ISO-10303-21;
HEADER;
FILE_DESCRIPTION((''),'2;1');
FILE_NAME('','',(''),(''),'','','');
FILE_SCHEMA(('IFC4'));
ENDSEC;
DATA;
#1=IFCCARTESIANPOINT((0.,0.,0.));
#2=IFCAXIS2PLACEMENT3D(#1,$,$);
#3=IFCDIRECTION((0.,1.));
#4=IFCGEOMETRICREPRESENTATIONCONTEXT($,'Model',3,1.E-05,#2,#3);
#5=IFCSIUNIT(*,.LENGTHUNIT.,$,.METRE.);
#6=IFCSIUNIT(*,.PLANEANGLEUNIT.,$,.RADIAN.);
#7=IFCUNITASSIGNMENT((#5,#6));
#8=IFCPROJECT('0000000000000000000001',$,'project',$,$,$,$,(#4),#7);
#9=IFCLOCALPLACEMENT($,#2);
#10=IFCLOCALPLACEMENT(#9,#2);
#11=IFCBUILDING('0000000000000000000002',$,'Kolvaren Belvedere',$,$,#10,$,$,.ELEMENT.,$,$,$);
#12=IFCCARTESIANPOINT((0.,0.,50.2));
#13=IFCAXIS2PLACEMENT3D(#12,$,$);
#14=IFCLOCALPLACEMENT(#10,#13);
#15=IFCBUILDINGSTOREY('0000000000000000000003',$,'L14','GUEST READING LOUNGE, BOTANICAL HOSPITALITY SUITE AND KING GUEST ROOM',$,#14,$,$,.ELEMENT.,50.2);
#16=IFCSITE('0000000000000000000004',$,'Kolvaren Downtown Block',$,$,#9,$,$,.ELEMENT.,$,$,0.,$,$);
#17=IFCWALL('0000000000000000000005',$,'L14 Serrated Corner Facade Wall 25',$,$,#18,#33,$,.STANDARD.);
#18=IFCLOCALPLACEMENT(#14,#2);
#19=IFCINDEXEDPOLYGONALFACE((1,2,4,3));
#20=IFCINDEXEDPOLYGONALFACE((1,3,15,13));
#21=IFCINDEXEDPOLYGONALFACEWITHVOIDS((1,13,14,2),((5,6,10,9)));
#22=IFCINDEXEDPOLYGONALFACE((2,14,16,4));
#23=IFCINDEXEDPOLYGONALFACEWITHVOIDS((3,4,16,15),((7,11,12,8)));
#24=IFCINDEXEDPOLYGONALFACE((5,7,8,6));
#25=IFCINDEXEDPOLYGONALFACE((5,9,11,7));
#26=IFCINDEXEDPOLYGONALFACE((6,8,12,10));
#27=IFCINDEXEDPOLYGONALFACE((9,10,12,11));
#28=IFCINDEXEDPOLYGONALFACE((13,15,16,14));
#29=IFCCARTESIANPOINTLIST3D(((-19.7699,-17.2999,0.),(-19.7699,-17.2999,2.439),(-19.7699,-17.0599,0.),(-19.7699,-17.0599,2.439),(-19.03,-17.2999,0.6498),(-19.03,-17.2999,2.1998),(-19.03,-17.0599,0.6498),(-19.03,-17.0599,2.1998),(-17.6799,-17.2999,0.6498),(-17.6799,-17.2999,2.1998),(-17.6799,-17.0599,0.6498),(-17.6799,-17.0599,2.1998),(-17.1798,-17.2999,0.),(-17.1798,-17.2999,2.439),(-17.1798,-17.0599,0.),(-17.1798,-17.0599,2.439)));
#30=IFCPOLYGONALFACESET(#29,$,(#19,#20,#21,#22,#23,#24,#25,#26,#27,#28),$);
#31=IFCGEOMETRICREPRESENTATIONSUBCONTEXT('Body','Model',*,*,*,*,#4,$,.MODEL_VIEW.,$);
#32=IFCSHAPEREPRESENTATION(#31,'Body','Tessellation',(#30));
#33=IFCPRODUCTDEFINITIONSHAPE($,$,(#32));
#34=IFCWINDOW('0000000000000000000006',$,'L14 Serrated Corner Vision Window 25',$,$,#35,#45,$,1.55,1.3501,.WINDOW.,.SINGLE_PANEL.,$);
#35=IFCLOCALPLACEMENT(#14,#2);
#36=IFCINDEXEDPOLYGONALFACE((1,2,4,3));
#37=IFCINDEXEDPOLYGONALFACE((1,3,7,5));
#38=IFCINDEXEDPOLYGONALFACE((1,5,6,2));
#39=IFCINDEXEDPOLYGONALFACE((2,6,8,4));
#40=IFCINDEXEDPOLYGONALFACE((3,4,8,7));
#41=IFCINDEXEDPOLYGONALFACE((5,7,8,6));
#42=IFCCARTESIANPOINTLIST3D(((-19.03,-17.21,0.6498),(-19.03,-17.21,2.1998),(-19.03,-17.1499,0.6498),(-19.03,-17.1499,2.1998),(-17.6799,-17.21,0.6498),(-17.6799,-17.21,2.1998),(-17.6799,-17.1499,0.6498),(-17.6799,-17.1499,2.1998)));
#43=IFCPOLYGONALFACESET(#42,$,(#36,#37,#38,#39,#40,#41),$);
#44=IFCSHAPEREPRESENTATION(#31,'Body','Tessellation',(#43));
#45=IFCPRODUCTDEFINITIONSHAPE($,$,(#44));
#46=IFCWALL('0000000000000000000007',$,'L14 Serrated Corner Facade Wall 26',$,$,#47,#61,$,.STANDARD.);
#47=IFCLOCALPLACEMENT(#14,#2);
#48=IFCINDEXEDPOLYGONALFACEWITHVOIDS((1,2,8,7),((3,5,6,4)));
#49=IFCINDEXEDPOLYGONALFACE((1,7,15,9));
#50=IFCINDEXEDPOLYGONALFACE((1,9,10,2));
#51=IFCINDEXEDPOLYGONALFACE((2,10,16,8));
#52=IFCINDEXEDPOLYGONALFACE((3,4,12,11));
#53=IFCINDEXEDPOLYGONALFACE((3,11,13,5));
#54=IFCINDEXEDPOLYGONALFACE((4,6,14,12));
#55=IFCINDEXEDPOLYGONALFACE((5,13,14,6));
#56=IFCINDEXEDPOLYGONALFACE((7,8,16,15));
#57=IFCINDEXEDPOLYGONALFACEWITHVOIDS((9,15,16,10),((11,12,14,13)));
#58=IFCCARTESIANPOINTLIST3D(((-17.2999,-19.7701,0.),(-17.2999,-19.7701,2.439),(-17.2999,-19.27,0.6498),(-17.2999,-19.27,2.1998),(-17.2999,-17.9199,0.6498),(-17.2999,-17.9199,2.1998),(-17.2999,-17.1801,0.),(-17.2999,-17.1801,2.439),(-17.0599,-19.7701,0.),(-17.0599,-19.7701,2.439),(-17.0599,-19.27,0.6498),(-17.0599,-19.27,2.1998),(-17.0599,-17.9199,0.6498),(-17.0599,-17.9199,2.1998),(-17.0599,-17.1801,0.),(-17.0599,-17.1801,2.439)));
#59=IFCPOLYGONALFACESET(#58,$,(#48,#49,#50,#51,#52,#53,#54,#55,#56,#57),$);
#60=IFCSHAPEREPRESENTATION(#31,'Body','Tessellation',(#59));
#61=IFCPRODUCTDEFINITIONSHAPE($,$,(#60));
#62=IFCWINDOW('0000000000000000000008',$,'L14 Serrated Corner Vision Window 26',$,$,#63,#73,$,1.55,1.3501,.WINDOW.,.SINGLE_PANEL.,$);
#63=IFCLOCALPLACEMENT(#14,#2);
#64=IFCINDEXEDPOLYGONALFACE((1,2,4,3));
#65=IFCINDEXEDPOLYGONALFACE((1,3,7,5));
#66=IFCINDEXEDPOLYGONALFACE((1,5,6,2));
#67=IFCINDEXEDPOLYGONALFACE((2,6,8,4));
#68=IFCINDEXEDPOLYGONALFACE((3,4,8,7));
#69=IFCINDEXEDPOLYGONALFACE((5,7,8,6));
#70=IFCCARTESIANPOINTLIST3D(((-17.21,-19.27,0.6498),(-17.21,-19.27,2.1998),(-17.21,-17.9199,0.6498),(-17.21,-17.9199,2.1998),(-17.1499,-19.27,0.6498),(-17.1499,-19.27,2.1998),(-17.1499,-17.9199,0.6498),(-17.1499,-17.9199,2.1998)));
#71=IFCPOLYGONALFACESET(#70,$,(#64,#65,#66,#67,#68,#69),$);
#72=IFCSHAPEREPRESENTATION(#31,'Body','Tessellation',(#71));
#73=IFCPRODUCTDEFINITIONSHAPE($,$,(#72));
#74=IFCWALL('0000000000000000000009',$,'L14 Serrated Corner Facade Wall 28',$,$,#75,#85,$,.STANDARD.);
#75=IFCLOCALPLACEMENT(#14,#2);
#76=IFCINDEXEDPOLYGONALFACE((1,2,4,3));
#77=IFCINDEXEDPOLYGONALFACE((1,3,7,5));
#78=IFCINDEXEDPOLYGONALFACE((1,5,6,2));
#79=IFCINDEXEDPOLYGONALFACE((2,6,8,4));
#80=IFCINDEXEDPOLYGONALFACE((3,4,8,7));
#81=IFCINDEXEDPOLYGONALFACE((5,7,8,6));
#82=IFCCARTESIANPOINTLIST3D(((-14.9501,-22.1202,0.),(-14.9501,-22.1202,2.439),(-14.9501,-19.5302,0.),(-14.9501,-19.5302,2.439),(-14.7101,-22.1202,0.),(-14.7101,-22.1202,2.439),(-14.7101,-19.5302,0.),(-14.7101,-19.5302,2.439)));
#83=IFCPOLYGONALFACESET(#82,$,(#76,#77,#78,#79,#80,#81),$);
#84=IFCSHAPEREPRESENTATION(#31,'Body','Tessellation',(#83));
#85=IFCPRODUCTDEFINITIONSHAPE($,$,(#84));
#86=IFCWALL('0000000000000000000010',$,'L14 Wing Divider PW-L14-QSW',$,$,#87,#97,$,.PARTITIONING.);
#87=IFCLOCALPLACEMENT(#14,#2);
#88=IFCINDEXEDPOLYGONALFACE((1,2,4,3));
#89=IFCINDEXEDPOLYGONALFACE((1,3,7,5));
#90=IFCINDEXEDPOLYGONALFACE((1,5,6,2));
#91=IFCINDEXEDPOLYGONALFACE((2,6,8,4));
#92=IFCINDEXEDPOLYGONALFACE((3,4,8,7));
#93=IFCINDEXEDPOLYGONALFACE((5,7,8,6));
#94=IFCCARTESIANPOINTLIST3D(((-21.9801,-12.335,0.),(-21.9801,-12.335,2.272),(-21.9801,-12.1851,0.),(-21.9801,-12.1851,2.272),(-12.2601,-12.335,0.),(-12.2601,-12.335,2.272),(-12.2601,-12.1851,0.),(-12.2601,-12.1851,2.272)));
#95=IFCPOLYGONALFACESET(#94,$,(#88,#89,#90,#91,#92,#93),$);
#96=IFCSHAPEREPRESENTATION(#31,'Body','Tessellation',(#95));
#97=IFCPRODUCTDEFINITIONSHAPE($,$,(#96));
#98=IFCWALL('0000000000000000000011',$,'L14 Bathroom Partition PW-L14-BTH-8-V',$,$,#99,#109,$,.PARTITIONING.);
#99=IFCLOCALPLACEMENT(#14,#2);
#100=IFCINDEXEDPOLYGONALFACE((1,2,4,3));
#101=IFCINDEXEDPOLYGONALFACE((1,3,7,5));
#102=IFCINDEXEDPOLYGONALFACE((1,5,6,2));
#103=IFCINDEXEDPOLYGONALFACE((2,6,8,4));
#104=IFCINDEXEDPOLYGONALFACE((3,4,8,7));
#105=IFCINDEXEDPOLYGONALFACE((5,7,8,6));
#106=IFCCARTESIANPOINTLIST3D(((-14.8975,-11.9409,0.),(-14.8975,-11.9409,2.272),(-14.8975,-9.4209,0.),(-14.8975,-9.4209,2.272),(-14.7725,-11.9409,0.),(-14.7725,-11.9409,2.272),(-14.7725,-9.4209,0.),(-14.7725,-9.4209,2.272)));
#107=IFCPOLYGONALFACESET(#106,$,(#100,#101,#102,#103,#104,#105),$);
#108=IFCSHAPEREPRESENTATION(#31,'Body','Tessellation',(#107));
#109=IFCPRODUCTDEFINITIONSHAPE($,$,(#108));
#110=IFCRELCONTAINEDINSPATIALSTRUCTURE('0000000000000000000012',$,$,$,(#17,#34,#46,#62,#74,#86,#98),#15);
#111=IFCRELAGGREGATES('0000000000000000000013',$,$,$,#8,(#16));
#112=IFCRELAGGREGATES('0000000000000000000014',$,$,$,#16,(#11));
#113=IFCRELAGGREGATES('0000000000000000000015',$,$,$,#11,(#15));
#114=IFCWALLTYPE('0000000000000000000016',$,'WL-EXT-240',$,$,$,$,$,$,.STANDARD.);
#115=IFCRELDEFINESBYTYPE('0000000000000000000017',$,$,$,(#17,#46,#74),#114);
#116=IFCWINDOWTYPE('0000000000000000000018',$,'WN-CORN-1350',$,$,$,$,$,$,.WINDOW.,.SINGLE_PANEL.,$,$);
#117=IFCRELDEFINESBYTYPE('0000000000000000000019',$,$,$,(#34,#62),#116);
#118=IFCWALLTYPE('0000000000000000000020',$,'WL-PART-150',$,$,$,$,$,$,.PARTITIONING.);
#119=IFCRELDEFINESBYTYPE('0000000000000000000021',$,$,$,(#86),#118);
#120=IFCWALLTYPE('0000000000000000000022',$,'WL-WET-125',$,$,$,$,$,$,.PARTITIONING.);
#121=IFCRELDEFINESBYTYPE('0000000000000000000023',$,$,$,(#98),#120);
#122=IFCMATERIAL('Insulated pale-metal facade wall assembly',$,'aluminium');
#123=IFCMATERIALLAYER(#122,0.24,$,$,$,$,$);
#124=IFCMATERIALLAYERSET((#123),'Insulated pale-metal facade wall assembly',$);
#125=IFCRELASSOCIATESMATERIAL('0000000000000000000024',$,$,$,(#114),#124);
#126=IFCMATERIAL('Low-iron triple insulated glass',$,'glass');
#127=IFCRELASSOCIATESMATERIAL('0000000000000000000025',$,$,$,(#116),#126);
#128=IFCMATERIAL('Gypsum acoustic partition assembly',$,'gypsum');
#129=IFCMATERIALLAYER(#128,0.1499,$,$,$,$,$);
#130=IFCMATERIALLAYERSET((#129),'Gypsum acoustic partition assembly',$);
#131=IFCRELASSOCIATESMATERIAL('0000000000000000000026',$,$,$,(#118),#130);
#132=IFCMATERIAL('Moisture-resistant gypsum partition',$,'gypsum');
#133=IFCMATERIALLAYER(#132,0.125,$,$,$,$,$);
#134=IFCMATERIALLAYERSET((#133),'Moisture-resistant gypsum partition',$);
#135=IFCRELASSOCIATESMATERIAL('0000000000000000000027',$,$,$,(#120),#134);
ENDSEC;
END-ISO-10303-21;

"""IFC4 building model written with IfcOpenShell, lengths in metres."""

from ifc_helpers import new_model, si_unit, direction, frame, frame_2d, origin, place, context, subcontext, project, spatial, rectangle, extrude, material, layer, layer_set, type_object, element, fill, save


model = new_model("IFC4")

# Units and contexts
model_context = context("Model", 3, precision=1e-05, world=origin(), true_north=direction((0.0, 1.0)))
body_context = subcontext(model_context, "Body", "Model", "MODEL_VIEW")
ifc_project = project(units=[si_unit("LENGTHUNIT", "METRE"), si_unit("PLANEANGLEUNIT", "RADIAN")], contexts=[model_context])

# Site, building, storey
site_placement = place(None, origin())
site = spatial("IfcSite", under=ifc_project, at=site_placement, Name="Kolvaren Downtown Block", CompositionType="ELEMENT", RefElevation=0.0)
building_placement = place(site_placement, origin())
building = spatial("IfcBuilding", under=site, at=building_placement, Name="Kolvaren Belvedere", CompositionType="ELEMENT")
storey_placement = place(building_placement, frame((0.0, 0.0, 50.2)))
storey = spatial("IfcBuildingStorey", under=building, at=storey_placement, Name="L14", Description="GUEST READING LOUNGE, BOTANICAL HOSPITALITY SUITE AND KING GUEST ROOM", CompositionType="ELEMENT", Elevation=50.2)

# Shared definitions
ifc_material_1 = material(Name="Insulated pale-metal facade wall assembly", Category="aluminium")
ifc_layer_1 = layer(ifc_material_1, 0.24)
ifc_layer_set_1 = layer_set([ifc_layer_1], Name="Insulated pale-metal facade wall assembly")
wall_type_1 = type_object("IfcWallType", Name="WL-EXT-240", PredefinedType="STANDARD", material=ifc_layer_set_1)

# Walls, openings, windows
ifc_material_2 = material(Name="Low-iron triple insulated glass", Category="glass")
window_type = type_object("IfcWindowType", Name="WN-CORN-1350", PartitioningType="SINGLE_PANEL", PredefinedType="WINDOW", material=ifc_material_2)
wall_1_placement = place(storey_placement, frame((-17.1799, -17.1799, 0.0), z_axis=(0.0, 0.0, 1.0), x_axis=(-1.0, 0.0, 0.0)))
wall_1 = element("IfcWall", 1, at=wall_1_placement, inside=storey, type_object=wall_type_1, Name="L14 Serrated Corner Facade Wall 25", PredefinedType="STANDARD", context=body_context, shape_type="SweptSolid", body=[
    extrude(rectangle(XDim=2.5901, YDim=0.24, at=frame_2d((1.2949, 0.0))), origin(), (0.0, 0.0, 1.0), 2.439),
])
opening_1_placement = place(wall_1_placement, frame((0.5, 0.0, 0.6499)))
opening_1 = element("IfcOpeningElement", 2, at=opening_1_placement, cuts=wall_1, PredefinedType="OPENING", context=body_context, shape_type="SweptSolid", body=[
    extrude(rectangle(XDim=1.3501, YDim=1.55, at=frame_2d((0.675, 0.7749))), frame((0.0, 0.1299, 0.0), z_axis=(0.0, -1.0, 0.0), x_axis=(1.0, 0.0, 0.0)), (0.0, 0.0, 1.0), 0.26),
])
window_1_placement = place(opening_1_placement, origin())
window_1 = element("IfcWindow", 3, at=window_1_placement, inside=storey, type_object=window_type, Name="L14 Serrated Corner Vision Window 25", OverallHeight=1.55, OverallWidth=1.3501, PartitioningType="SINGLE_PANEL", PredefinedType="WINDOW", context=body_context, shape_type="SweptSolid", body=[
    extrude(rectangle(XDim=1.3501, YDim=1.55, at=frame_2d((0.675, 0.7749))), frame((0.0, 0.03, 0.0), z_axis=(0.0, -1.0, 0.0), x_axis=(1.0, 0.0, 0.0)), (0.0, 0.0, 1.0), 0.0601),
])
fill(opening_1, window_1)
wall_2_placement = place(storey_placement, frame((-17.1799, -19.77, 0.0), z_axis=(0.0, 0.0, 1.0), x_axis=(0.0, 1.0, 0.0)))
wall_2 = element("IfcWall", 4, at=wall_2_placement, inside=storey, type_object=wall_type_1, Name="L14 Serrated Corner Facade Wall 26", PredefinedType="STANDARD", context=body_context, shape_type="SweptSolid", body=[
    extrude(rectangle(XDim=2.5901, YDim=0.24, at=frame_2d((1.2949, 0.0))), origin(), (0.0, 0.0, 1.0), 2.439),
])
opening_2_placement = place(wall_2_placement, frame((0.5, 0.0, 0.6499)))
opening_2 = element("IfcOpeningElement", 5, at=opening_2_placement, cuts=wall_2, PredefinedType="OPENING", context=body_context, shape_type="SweptSolid", body=[
    extrude(rectangle(XDim=1.3501, YDim=1.55, at=frame_2d((0.675, 0.7749))), frame((0.0, 0.1299, 0.0), z_axis=(0.0, -1.0, 0.0), x_axis=(1.0, 0.0, 0.0)), (0.0, 0.0, 1.0), 0.26),
])
window_2_placement = place(opening_2_placement, origin())
window_2 = element("IfcWindow", 6, at=window_2_placement, inside=storey, type_object=window_type, Name="L14 Serrated Corner Vision Window 26", OverallHeight=1.55, OverallWidth=1.3501, PartitioningType="SINGLE_PANEL", PredefinedType="WINDOW", context=body_context, shape_type="SweptSolid", body=[
    extrude(rectangle(XDim=1.3501, YDim=1.55, at=frame_2d((0.675, 0.7749))), frame((0.0, 0.03, 0.0), z_axis=(0.0, -1.0, 0.0), x_axis=(1.0, 0.0, 0.0)), (0.0, 0.0, 1.0), 0.0601),
])
fill(opening_2, window_2)

# Walls
wall_3_placement = place(storey_placement, frame((-14.8301, -22.1201, 0.0), z_axis=(0.0, 0.0, 1.0), x_axis=(0.0, 1.0, 0.0)))
element("IfcWall", 7, at=wall_3_placement, inside=storey, type_object=wall_type_1, Name="L14 Serrated Corner Facade Wall 28", PredefinedType="STANDARD", context=body_context, shape_type="SweptSolid", body=[
    extrude(rectangle(XDim=2.5901, YDim=0.24, at=frame_2d((1.2949, 0.0))), origin(), (0.0, 0.0, 1.0), 2.439),
])
ifc_material_3 = material(Name="Gypsum acoustic partition assembly", Category="gypsum")
ifc_layer_2 = layer(ifc_material_3, 0.1499)
ifc_layer_set_2 = layer_set([ifc_layer_2], Name="Gypsum acoustic partition assembly")
wall_type_2 = type_object("IfcWallType", Name="WL-PART-150", PredefinedType="PARTITIONING", material=ifc_layer_set_2)
wall_4_placement = place(storey_placement, frame((-21.98, -12.26, 0.0), z_axis=(0.0, 0.0, 1.0), x_axis=(1.0, 0.0, 0.0)))
element("IfcWall", 8, at=wall_4_placement, inside=storey, type_object=wall_type_2, Name="L14 Wing Divider PW-L14-QSW", PredefinedType="PARTITIONING", context=body_context, shape_type="SweptSolid", body=[
    extrude(rectangle(XDim=9.72, YDim=0.1499, at=frame_2d((4.8599, 0.0))), origin(), (0.0, 0.0, 1.0), 2.272),
])
ifc_material_4 = material(Name="Moisture-resistant gypsum partition", Category="gypsum")
ifc_layer_3 = layer(ifc_material_4, 0.125)
ifc_layer_set_3 = layer_set([ifc_layer_3], Name="Moisture-resistant gypsum partition")
wall_type_3 = type_object("IfcWallType", Name="WL-WET-125", PredefinedType="PARTITIONING", material=ifc_layer_set_3)
wall_5_placement = place(storey_placement, frame((-14.835, -11.9409, 0.0), z_axis=(0.0, 0.0, 1.0), x_axis=(0.0, 1.0, 0.0)))
element("IfcWall", 9, at=wall_5_placement, inside=storey, type_object=wall_type_3, Name="L14 Bathroom Partition PW-L14-BTH-8-V", PredefinedType="PARTITIONING", context=body_context, shape_type="SweptSolid", body=[
    extrude(rectangle(XDim=2.52, YDim=0.125, at=frame_2d((1.26, 0.0))), origin(), (0.0, 0.0, 1.0), 2.272),
])

save(model, "model.ifc")
